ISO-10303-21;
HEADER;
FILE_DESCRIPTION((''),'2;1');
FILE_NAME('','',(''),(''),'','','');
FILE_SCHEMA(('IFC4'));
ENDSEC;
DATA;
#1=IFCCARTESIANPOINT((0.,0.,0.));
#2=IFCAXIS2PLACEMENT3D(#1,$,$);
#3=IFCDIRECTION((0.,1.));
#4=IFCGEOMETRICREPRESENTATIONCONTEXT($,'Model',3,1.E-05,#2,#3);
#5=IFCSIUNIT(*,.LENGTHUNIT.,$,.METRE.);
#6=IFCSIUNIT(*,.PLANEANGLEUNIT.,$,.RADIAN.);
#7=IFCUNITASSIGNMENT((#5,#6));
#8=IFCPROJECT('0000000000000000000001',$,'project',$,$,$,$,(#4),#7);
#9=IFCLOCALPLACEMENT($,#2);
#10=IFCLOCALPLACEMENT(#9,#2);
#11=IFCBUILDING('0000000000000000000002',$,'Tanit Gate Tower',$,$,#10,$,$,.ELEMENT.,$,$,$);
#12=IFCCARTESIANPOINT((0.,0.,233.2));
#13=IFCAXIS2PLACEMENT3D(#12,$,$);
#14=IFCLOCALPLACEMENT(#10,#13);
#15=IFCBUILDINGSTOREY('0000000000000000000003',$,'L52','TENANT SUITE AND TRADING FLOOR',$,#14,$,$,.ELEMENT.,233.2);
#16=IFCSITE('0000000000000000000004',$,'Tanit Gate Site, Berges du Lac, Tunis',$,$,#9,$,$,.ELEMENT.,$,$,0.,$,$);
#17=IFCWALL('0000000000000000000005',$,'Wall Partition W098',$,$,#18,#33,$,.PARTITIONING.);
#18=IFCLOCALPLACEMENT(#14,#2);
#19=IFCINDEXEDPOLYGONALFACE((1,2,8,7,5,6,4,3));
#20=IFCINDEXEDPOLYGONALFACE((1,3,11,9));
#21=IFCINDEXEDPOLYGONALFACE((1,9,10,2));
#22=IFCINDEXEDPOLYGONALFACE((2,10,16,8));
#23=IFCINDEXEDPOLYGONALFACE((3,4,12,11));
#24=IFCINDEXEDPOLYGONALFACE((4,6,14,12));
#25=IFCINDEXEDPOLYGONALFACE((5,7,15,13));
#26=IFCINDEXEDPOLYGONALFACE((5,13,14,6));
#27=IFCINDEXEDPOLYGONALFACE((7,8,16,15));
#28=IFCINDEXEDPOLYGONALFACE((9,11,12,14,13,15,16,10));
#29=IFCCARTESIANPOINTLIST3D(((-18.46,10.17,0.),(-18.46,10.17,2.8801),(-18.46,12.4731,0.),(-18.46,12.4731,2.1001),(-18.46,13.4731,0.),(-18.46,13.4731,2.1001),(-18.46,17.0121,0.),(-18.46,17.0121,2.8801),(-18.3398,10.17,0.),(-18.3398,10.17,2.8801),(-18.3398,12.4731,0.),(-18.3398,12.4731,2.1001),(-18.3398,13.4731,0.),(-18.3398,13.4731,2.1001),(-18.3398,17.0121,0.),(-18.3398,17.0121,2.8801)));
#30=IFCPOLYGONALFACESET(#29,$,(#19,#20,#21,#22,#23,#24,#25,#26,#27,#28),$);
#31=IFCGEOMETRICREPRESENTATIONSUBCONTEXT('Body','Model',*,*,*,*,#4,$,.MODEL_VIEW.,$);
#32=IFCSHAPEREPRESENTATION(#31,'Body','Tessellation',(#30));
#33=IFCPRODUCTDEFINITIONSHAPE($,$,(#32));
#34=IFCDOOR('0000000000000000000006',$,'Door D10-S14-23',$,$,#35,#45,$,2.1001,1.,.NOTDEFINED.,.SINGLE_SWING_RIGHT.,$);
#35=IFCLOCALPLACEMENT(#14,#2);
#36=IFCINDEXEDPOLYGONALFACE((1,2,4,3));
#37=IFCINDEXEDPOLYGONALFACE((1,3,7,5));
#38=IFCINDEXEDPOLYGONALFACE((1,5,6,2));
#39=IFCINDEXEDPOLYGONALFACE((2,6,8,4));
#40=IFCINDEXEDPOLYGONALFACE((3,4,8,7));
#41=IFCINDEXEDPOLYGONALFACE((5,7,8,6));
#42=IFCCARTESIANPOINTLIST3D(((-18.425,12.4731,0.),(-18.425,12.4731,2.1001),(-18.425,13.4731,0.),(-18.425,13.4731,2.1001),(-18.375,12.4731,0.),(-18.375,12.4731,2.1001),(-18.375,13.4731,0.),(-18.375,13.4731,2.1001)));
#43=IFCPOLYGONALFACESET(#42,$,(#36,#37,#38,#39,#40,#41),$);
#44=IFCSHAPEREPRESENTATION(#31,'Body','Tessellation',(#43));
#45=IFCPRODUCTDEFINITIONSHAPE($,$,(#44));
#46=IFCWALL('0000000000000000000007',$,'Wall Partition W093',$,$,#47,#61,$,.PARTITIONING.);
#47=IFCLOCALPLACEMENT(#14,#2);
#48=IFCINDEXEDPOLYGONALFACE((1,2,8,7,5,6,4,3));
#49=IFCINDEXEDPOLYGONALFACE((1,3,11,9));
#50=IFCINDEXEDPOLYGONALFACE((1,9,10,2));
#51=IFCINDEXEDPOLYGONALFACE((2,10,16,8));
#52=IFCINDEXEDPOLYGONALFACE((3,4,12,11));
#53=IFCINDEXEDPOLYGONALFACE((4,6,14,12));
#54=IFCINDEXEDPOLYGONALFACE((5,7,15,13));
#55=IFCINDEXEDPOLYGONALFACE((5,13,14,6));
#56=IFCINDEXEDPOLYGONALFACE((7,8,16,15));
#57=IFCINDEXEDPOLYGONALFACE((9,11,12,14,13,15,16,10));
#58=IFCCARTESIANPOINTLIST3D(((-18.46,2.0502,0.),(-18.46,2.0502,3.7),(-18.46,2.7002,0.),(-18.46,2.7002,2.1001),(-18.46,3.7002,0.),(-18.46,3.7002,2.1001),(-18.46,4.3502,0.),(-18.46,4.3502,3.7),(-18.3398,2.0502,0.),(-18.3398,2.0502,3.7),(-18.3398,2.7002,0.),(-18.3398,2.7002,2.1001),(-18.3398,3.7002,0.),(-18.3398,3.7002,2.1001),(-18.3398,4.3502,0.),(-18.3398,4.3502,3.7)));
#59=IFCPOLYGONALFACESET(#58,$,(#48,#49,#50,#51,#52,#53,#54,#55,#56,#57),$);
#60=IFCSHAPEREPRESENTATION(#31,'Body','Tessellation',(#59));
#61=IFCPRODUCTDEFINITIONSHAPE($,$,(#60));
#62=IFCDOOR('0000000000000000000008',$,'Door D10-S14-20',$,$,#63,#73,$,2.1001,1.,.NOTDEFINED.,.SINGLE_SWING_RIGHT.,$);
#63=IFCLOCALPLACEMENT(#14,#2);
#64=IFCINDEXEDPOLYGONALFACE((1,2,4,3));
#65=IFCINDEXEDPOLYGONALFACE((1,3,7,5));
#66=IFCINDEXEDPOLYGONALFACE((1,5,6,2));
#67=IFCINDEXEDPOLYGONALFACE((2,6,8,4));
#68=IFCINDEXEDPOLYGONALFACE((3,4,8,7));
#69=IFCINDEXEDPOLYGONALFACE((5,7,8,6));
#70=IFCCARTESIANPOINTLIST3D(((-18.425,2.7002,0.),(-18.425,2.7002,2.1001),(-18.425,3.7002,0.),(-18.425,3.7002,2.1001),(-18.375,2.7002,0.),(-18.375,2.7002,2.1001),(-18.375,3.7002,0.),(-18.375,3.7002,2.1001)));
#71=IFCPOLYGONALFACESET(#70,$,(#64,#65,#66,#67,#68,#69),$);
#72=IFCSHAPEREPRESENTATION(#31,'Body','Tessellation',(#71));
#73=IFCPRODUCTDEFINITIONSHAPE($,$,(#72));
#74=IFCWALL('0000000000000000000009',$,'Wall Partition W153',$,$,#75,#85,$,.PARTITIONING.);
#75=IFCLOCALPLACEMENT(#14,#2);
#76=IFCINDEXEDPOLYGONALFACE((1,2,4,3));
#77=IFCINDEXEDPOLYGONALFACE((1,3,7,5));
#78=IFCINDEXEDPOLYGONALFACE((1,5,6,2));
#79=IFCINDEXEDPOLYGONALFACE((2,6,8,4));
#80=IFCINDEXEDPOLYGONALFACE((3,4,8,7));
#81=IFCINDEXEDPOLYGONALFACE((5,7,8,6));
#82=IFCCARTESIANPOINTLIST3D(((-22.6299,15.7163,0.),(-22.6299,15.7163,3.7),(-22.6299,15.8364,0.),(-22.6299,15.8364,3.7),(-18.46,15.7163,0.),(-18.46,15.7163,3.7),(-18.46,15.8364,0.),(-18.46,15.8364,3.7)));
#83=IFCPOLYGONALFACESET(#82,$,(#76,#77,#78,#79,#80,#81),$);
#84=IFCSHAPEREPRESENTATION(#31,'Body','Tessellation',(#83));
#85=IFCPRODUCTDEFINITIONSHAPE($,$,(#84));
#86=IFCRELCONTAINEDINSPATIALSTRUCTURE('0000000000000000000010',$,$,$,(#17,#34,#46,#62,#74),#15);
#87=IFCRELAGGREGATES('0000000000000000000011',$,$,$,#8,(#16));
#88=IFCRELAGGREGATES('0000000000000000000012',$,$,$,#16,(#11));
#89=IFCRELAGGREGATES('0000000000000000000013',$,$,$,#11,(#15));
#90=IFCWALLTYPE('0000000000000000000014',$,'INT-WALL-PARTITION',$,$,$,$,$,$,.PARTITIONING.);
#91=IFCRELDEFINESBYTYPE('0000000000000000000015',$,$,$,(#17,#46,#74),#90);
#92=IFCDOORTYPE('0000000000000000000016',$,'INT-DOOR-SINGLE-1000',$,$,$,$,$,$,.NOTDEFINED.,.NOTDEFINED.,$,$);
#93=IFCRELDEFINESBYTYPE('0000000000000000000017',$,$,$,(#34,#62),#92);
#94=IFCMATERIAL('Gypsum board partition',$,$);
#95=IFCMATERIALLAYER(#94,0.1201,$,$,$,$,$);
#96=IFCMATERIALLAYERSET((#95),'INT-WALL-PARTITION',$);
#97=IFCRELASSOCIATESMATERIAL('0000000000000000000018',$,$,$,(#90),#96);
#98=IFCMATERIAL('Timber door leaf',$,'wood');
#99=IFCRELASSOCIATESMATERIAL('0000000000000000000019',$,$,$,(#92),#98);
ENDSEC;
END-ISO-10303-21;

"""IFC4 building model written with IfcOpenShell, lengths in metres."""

from ifc_helpers import new_model, si_unit, direction, frame, frame_2d, origin, place, context, subcontext, project, spatial, rectangle, extrude, material, layer, layer_set, type_object, element, fill, save


model = new_model("IFC4")

# Units and contexts
model_context = context("Model", 3, precision=1e-05, world=origin(), true_north=direction((0.0, 1.0)))
body_context = subcontext(model_context, "Body", "Model", "MODEL_VIEW")
ifc_project = project(units=[si_unit("LENGTHUNIT", "METRE"), si_unit("PLANEANGLEUNIT", "RADIAN")], contexts=[model_context])

# Site, building, storey
site_placement = place(None, origin())
site = spatial("IfcSite", under=ifc_project, at=site_placement, Name="Tanit Gate Site, Berges du Lac, Tunis", CompositionType="ELEMENT", RefElevation=0.0)
building_placement = place(site_placement, origin())
building = spatial("IfcBuilding", under=site, at=building_placement, Name="Tanit Gate Tower", CompositionType="ELEMENT")
storey_placement = place(building_placement, frame((0.0, 0.0, 233.2)))
storey = spatial("IfcBuildingStorey", under=building, at=storey_placement, Name="L52", Description="TENANT SUITE AND TRADING FLOOR", CompositionType="ELEMENT", Elevation=233.2)

# Walls, openings, doors
ifc_material_1 = material(Name="Gypsum board partition")
ifc_layer_1 = layer(ifc_material_1, 0.1201)
ifc_layer_set_1 = layer_set([ifc_layer_1], Name="INT-WALL-PARTITION")
wall_type_1 = type_object("IfcWallType", Name="INT-WALL-PARTITION", PredefinedType="PARTITIONING", material=ifc_layer_set_1)
wall_1_placement = place(storey_placement, frame((-18.3999, 17.012, 0.0), z_axis=(0.0, 0.0, 1.0), x_axis=(0.0, -1.0, 0.0)))
wall_1 = element("IfcWall", 1, at=wall_1_placement, inside=storey, type_object=wall_type_1, Name="Wall Partition W098", PredefinedType="PARTITIONING", context=body_context, shape_type="SweptSolid", body=[
    extrude(rectangle(XDim=6.842, YDim=0.1201, at=frame_2d((3.4209, 0.0))), origin(), (0.0, 0.0, 1.0), 2.8801),
])
opening_1_placement = place(wall_1_placement, frame((3.5388, 0.0, 0.0)))
opening_1 = element("IfcOpeningElement", 2, at=opening_1_placement, cuts=wall_1, PredefinedType="OPENING", context=body_context, shape_type="SweptSolid", body=[
    extrude(rectangle(XDim=1.0, YDim=2.1001, at=frame_2d((0.5, 1.05))), frame((0.0, 0.0701, 0.0), z_axis=(0.0, -1.0, 0.0), x_axis=(1.0, 0.0, 0.0)), (0.0, 0.0, 1.0), 0.1401),
])
ifc_material_2 = material(Name="Timber door leaf", Category="wood")
door_type_1 = type_object("IfcDoorType", Name="INT-DOOR-SINGLE-1000", OperationType="NOTDEFINED", PredefinedType="NOTDEFINED", material=ifc_material_2)
door_1_placement = place(opening_1_placement, origin())
door_1 = element("IfcDoor", 3, at=door_1_placement, inside=storey, type_object=door_type_1, Name="Door D10-S14-23", OperationType="SINGLE_SWING_RIGHT", OverallHeight=2.1001, OverallWidth=1.0, PredefinedType="NOTDEFINED", context=body_context, shape_type="SweptSolid", body=[
    extrude(rectangle(XDim=1.0, YDim=2.1001, at=frame_2d((0.5, 1.05))), frame((0.0, 0.0249, 0.0), z_axis=(0.0, -1.0, 0.0), x_axis=(1.0, 0.0, 0.0)), (0.0, 0.0, 1.0), 0.05),
])
fill(opening_1, door_1)
wall_2_placement = place(storey_placement, frame((-18.3999, 4.3501, 0.0), z_axis=(0.0, 0.0, 1.0), x_axis=(0.0, -1.0, 0.0)))
wall_2 = element("IfcWall", 4, at=wall_2_placement, inside=storey, type_object=wall_type_1, Name="Wall Partition W093", PredefinedType="PARTITIONING", context=body_context, shape_type="SweptSolid", body=[
    extrude(rectangle(XDim=2.3, YDim=0.1201, at=frame_2d((1.1499, 0.0))), origin(), (0.0, 0.0, 1.0), 3.7),
])
opening_2_placement = place(wall_2_placement, frame((0.6499, 0.0, 0.0)))
opening_2 = element("IfcOpeningElement", 5, at=opening_2_placement, cuts=wall_2, PredefinedType="OPENING", context=body_context, shape_type="SweptSolid", body=[
    extrude(rectangle(XDim=1.0, YDim=2.1001, at=frame_2d((0.5, 1.05))), frame((0.0, 0.0701, 0.0), z_axis=(0.0, -1.0, 0.0), x_axis=(1.0, 0.0, 0.0)), (0.0, 0.0, 1.0), 0.1401),
])
door_2_placement = place(opening_2_placement, origin())
door_2 = element("IfcDoor", 6, at=door_2_placement, inside=storey, type_object=door_type_1, Name="Door D10-S14-20", OperationType="SINGLE_SWING_RIGHT", OverallHeight=2.1001, OverallWidth=1.0, PredefinedType="NOTDEFINED", context=body_context, shape_type="SweptSolid", body=[
    extrude(rectangle(XDim=1.0, YDim=2.1001, at=frame_2d((0.5, 1.05))), frame((0.0, 0.0249, 0.0), z_axis=(0.0, -1.0, 0.0), x_axis=(1.0, 0.0, 0.0)), (0.0, 0.0, 1.0), 0.05),
])
fill(opening_2, door_2)

# Wall
wall_3_placement = place(storey_placement, frame((-18.46, 15.7764, 0.0), z_axis=(0.0, 0.0, 1.0), x_axis=(-1.0, 0.0, 0.0)))
element("IfcWall", 7, at=wall_3_placement, inside=storey, type_object=wall_type_1, Name="Wall Partition W153", PredefinedType="PARTITIONING", context=body_context, shape_type="SweptSolid", body=[
    extrude(rectangle(XDim=4.1699, YDim=0.1201, at=frame_2d((2.085, 0.0))), origin(), (0.0, 0.0, 1.0), 3.7),
])

save(model, "model.ifc")
